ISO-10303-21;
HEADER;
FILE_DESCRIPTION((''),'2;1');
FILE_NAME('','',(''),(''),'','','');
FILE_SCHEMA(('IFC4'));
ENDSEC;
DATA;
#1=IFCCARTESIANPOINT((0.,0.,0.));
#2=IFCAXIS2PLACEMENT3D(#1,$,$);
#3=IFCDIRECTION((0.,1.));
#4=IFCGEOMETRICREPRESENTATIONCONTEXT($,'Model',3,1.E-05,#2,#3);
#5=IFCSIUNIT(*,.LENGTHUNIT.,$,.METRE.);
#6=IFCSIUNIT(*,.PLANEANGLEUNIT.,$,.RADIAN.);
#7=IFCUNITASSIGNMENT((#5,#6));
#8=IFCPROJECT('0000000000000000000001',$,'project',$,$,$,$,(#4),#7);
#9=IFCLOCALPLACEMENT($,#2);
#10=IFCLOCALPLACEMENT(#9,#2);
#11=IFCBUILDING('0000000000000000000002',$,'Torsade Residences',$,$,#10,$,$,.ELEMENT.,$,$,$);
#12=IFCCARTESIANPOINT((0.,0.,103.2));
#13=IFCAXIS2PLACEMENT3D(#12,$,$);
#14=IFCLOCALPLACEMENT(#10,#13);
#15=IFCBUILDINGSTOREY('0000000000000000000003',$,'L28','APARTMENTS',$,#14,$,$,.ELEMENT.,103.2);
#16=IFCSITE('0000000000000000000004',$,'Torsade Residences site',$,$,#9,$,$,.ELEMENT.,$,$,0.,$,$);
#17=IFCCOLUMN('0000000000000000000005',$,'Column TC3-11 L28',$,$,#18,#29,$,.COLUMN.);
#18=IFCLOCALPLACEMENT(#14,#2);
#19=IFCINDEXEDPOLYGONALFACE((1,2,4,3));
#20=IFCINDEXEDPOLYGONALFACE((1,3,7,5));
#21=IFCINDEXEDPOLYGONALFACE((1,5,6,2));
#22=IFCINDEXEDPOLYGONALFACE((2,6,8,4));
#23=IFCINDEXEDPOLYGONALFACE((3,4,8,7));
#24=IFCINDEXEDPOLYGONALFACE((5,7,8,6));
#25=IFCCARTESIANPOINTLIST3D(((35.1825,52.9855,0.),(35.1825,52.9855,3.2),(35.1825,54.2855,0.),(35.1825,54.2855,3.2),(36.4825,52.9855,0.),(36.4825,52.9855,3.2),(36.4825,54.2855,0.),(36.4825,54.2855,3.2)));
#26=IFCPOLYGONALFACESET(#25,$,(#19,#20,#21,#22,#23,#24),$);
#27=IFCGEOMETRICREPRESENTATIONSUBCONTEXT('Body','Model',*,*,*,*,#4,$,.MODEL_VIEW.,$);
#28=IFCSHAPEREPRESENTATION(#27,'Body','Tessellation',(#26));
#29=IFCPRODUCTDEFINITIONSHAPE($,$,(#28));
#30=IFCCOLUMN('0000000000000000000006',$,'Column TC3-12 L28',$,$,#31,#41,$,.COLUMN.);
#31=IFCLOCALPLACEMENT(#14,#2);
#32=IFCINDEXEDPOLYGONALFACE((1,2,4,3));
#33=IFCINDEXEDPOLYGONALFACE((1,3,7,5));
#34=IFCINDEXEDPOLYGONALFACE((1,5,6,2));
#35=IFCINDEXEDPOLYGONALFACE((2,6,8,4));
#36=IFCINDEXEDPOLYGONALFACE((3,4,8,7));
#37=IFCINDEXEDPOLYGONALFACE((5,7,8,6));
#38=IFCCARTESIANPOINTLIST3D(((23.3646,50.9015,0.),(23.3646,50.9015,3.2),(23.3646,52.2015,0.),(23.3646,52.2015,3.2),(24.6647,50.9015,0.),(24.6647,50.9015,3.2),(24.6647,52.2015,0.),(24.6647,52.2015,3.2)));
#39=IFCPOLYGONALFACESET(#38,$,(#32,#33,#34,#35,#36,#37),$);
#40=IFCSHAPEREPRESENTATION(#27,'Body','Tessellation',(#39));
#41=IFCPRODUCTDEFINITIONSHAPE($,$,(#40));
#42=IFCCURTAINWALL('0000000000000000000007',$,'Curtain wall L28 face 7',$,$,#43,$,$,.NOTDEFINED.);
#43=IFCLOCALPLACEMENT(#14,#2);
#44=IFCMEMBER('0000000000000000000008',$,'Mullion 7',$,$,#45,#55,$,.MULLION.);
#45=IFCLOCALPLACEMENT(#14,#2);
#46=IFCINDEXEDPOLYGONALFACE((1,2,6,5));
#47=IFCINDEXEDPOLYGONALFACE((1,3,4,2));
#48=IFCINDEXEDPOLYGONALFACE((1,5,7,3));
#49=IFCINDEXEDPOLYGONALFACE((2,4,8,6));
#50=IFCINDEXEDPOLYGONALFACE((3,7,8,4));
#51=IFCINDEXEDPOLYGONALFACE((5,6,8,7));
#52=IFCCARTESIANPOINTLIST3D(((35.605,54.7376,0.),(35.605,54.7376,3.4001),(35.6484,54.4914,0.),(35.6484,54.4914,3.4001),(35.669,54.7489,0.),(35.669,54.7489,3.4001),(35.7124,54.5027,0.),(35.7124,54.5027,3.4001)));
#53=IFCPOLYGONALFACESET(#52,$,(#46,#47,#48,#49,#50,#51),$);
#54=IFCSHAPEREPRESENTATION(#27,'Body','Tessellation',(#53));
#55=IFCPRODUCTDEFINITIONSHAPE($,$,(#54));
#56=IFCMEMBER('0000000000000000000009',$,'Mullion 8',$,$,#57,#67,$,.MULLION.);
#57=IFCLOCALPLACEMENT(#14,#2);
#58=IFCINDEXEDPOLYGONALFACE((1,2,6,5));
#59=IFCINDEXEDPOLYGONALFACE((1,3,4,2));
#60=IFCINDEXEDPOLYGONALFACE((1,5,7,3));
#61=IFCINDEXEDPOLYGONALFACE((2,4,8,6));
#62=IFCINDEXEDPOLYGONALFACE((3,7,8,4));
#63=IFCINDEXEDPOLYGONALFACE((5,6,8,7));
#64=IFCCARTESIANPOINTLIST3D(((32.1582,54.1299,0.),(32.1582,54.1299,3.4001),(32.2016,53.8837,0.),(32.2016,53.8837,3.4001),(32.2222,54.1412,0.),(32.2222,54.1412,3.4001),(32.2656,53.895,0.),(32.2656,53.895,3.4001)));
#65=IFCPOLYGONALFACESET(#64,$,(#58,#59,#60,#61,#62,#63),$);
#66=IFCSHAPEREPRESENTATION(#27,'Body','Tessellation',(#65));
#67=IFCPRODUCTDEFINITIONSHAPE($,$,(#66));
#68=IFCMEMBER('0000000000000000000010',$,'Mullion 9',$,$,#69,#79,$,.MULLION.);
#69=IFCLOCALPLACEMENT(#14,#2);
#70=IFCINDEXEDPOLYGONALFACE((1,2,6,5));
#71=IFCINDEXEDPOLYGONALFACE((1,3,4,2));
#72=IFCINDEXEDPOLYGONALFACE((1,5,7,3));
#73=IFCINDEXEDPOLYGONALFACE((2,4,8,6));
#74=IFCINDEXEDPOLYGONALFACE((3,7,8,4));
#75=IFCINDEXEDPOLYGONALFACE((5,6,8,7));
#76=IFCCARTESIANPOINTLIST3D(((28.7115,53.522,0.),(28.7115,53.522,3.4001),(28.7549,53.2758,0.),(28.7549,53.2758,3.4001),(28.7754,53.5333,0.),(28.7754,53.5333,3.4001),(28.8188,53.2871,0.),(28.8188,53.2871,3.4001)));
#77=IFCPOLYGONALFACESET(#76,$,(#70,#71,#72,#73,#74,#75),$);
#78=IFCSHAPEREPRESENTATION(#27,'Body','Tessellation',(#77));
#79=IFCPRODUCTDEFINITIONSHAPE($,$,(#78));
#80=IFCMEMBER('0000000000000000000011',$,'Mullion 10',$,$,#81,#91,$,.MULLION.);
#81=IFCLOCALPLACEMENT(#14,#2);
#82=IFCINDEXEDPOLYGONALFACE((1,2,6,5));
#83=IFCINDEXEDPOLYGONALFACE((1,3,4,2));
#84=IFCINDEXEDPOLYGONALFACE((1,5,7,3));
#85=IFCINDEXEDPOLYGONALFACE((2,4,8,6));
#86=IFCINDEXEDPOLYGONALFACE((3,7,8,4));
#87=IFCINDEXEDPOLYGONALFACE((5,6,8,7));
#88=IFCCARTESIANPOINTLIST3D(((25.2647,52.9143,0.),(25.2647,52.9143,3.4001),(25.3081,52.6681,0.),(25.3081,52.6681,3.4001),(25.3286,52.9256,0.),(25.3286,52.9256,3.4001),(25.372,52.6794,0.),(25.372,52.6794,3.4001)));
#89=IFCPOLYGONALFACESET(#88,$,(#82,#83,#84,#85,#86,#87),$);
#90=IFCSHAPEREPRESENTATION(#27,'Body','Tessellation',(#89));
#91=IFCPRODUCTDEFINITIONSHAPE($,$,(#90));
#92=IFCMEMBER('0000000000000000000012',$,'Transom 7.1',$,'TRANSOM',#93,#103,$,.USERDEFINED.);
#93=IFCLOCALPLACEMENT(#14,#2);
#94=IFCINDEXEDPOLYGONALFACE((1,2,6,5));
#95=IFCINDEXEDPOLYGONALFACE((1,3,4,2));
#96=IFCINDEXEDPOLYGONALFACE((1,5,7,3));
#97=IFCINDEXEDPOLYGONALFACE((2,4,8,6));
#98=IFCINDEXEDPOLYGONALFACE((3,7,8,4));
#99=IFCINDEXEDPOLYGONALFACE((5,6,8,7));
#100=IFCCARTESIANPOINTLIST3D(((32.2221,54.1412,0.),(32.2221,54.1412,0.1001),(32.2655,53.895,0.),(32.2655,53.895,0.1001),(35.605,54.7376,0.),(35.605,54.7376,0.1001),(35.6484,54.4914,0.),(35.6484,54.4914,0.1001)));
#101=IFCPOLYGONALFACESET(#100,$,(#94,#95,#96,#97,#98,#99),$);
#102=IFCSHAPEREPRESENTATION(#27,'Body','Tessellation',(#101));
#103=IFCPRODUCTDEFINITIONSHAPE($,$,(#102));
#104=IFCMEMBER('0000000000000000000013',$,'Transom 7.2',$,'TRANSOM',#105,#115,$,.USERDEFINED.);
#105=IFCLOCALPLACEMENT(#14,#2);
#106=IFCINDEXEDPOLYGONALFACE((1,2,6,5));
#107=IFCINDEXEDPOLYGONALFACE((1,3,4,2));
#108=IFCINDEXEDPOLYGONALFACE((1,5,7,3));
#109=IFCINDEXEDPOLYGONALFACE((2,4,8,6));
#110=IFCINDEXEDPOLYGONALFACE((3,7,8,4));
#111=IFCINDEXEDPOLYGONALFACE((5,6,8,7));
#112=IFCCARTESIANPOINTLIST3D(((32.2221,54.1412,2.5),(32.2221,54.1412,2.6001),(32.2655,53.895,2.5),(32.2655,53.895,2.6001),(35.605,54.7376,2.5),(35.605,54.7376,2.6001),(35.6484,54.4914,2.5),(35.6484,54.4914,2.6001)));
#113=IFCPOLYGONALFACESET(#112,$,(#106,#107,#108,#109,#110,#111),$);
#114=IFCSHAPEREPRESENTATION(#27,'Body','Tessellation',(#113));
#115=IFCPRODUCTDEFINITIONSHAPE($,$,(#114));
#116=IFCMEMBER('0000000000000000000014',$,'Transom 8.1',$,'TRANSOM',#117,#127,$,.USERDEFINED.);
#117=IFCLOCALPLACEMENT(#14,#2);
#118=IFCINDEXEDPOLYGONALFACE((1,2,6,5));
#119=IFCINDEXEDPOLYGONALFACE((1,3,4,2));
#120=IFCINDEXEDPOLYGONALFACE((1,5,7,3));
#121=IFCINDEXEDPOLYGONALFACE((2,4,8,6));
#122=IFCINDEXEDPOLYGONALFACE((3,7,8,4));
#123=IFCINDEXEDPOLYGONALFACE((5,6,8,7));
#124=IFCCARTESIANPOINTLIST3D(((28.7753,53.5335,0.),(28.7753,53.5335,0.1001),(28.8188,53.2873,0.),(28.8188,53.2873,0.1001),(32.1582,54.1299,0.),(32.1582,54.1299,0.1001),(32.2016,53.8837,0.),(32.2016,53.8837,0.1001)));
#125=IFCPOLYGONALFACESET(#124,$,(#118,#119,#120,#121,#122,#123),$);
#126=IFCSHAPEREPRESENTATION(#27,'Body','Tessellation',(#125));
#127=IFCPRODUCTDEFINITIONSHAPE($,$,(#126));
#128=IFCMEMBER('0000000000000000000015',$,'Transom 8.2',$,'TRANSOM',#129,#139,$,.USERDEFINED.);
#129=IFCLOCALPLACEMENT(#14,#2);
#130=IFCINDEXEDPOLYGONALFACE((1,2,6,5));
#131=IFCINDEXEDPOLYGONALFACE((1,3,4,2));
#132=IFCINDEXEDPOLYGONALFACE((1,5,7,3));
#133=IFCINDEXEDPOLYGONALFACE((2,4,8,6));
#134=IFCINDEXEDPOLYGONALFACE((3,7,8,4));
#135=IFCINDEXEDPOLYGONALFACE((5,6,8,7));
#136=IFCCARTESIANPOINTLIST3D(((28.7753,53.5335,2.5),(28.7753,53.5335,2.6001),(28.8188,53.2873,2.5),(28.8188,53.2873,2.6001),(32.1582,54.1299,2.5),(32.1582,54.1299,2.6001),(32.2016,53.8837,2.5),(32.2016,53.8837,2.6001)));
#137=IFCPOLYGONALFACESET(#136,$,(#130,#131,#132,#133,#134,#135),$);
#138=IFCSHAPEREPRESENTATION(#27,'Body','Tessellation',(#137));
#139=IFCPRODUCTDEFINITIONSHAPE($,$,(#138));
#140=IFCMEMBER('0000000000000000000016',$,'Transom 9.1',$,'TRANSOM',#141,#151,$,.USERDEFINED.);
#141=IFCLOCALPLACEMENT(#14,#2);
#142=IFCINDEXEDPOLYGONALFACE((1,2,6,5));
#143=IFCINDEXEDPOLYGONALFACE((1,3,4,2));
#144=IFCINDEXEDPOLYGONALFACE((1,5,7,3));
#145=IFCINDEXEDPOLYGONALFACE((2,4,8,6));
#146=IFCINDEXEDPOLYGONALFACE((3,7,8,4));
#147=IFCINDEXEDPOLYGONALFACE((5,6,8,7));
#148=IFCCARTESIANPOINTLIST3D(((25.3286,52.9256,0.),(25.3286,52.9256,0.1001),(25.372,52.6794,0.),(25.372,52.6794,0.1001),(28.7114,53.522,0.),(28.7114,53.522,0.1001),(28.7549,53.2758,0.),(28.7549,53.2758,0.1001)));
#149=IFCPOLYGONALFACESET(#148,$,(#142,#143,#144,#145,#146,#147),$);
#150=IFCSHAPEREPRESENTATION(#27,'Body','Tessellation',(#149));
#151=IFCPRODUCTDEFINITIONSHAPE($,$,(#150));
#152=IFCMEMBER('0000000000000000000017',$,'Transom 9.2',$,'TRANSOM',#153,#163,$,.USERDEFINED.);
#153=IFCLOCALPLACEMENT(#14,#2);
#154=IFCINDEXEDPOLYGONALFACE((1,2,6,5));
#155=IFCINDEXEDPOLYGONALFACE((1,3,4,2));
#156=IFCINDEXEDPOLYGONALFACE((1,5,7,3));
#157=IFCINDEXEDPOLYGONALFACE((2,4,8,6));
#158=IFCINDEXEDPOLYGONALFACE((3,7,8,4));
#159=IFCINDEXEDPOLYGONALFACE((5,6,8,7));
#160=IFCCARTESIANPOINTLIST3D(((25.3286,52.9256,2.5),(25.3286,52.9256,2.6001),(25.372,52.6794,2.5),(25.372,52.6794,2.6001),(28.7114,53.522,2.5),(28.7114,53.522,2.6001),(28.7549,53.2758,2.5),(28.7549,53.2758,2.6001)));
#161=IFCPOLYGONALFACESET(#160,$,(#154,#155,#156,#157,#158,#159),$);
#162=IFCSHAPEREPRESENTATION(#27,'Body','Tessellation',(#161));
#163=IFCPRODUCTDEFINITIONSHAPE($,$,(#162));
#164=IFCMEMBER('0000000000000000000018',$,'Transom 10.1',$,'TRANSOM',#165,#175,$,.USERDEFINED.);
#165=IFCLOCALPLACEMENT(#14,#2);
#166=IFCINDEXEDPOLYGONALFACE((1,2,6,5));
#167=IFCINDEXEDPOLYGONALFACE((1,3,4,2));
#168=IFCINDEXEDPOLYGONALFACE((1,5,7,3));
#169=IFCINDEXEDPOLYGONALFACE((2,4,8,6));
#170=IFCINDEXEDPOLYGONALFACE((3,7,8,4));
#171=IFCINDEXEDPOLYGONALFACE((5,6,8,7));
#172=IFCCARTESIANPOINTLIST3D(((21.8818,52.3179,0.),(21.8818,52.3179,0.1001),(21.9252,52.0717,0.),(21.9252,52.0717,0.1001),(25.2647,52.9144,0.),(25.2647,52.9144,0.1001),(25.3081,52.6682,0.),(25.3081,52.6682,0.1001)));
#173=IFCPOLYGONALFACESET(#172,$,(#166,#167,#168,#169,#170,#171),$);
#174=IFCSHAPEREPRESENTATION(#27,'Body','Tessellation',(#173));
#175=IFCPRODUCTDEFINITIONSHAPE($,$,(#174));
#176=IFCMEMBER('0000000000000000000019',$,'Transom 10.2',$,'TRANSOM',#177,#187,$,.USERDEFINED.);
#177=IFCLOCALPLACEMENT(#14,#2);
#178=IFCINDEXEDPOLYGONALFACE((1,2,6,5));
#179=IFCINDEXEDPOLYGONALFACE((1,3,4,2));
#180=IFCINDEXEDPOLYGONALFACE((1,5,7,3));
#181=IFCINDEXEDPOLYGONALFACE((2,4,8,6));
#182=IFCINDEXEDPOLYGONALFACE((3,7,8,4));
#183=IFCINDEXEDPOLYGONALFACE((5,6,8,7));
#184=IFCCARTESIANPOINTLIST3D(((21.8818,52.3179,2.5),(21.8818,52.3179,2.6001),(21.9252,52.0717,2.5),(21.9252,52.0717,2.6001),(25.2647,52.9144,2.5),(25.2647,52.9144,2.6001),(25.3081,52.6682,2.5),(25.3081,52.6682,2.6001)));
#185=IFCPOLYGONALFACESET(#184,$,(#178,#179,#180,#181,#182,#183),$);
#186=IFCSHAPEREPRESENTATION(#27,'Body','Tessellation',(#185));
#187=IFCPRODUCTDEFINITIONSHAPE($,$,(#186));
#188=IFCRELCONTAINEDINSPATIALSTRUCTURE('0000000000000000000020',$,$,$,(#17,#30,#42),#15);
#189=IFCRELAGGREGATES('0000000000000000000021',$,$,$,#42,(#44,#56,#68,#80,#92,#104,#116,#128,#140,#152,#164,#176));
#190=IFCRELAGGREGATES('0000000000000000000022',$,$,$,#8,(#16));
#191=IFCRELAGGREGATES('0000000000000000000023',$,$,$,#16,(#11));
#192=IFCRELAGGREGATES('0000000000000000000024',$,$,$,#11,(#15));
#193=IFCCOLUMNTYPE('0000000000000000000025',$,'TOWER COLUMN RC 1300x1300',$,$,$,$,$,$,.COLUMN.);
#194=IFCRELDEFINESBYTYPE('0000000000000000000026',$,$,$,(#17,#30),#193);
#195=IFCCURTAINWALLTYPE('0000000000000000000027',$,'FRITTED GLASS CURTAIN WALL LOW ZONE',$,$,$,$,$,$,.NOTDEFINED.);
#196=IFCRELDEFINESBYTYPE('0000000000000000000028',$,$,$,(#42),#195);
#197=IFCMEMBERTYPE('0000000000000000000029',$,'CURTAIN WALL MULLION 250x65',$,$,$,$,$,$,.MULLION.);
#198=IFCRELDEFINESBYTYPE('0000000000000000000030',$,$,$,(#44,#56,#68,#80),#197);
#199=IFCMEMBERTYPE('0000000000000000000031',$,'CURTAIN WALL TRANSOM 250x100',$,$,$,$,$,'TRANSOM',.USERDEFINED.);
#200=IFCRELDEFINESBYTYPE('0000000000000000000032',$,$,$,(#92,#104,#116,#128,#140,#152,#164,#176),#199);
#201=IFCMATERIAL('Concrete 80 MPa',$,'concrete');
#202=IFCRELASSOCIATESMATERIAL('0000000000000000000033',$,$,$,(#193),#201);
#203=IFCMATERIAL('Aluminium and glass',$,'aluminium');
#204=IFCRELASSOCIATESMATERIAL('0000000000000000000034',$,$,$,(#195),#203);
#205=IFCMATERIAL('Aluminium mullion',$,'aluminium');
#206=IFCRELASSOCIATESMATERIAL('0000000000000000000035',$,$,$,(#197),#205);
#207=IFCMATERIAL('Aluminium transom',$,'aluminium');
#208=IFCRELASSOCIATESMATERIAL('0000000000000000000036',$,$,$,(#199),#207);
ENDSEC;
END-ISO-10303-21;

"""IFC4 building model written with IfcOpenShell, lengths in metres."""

from ifc_helpers import new_model, si_unit, direction, frame, origin, origin_2d, place, context, subcontext, project, spatial, rectangle, extrude, material, material_profile, profile_set, type_object, element, aggregate, save


model = new_model("IFC4")

# Units and contexts
model_context = context("Model", 3, precision=1e-05, world=origin(), true_north=direction((0.0, 1.0)))
body_context = subcontext(model_context, "Body", "Model", "MODEL_VIEW")
ifc_project = project(units=[si_unit("LENGTHUNIT", "METRE"), si_unit("PLANEANGLEUNIT", "RADIAN")], contexts=[model_context])

# Site, building, storey
site_placement = place(None, origin())
site = spatial("IfcSite", under=ifc_project, at=site_placement, Name="Torsade Residences site", CompositionType="ELEMENT", RefElevation=0.0)
building_placement = place(site_placement, origin())
building = spatial("IfcBuilding", under=site, at=building_placement, Name="Torsade Residences", CompositionType="ELEMENT")
storey_placement = place(building_placement, frame((0.0, 0.0, 103.2)))
storey = spatial("IfcBuildingStorey", under=building, at=storey_placement, Name="L28", Description="APARTMENTS", CompositionType="ELEMENT", Elevation=103.2)

# Columns
ifc_material_1 = material(Name="Concrete 80 MPa", Category="concrete")
ifc_material_profile_1 = material_profile(ifc_material_1, rectangle(XDim=1.3, YDim=1.3, at=origin_2d()), Name="RC 1300x1300")
ifc_profile_set_1 = profile_set([ifc_material_profile_1], Name="Concrete 80 MPa")
column_type = type_object("IfcColumnType", Name="TOWER COLUMN RC 1300x1300", PredefinedType="COLUMN", material=ifc_profile_set_1)
for number, where, z_axis, x_axis, name in (
    (1, (35.8325, 53.6355, 0.0), (0.0, 0.0, 1.0), (1.0, 0.0, 0.0), "Column TC3-11 L28"),
    (2, (24.0146, 51.5515, 0.0), (0.0, 0.0, 1.0), (1.0, 0.0, 0.0), "Column TC3-12 L28"),
):
    element("IfcColumn", number, at=place(storey_placement, frame(where, z_axis=z_axis, x_axis=x_axis)), inside=storey, type_object=column_type, Name=name, PredefinedType="COLUMN", context=body_context, shape_type="SweptSolid", body=[
        extrude(rectangle(XDim=1.3, YDim=1.3, at=origin_2d()), origin(), (0.0, 0.0, 1.0), 3.2),
    ])

# Curtain wall, members
ifc_material_2 = material(Name="Aluminium and glass", Category="aluminium")
curtain_wall_type = type_object("IfcCurtainWallType", Name="FRITTED GLASS CURTAIN WALL LOW ZONE", PredefinedType="NOTDEFINED", material=ifc_material_2)
curtain_wall_placement = place(storey_placement, origin())
curtain_wall = element("IfcCurtainWall", 3, at=curtain_wall_placement, inside=storey, type_object=curtain_wall_type, Name="Curtain wall L28 face 7", PredefinedType="NOTDEFINED")
ifc_material_3 = material(Name="Aluminium mullion", Category="aluminium")
ifc_material_profile_2 = material_profile(ifc_material_3, rectangle(XDim=0.25, YDim=0.0649, at=origin_2d()), Name="CURTAIN WALL MULLION 250x65")
ifc_profile_set_2 = profile_set([ifc_material_profile_2], Name="Aluminium mullion")
member_type_1 = type_object("IfcMemberType", Name="CURTAIN WALL MULLION 250x65", PredefinedType="MULLION", material=ifc_profile_set_2)
member_1_placement = place(storey_placement, frame((35.6587, 54.6201, 0.0), z_axis=(0.0, 0.0, 1.0), x_axis=(0.173648, -0.984808, 0.0)))
member_1 = element("IfcMember", 4, at=member_1_placement, type_object=member_type_1, Name="Mullion 7", PredefinedType="MULLION", context=body_context, shape_type="SweptSolid", body=[
    extrude(rectangle(XDim=0.25, YDim=0.0649, at=origin_2d()), origin(), (0.0, 0.0, 1.0), 3.4001),
])
member_2_placement = place(storey_placement, frame((32.2119, 54.0125, 0.0), z_axis=(0.0, 0.0, 1.0), x_axis=(0.173648, -0.984808, 0.0)))
member_2 = element("IfcMember", 5, at=member_2_placement, type_object=member_type_1, Name="Mullion 8", PredefinedType="MULLION", context=body_context, shape_type="SweptSolid", body=[
    extrude(rectangle(XDim=0.25, YDim=0.0649, at=origin_2d()), origin(), (0.0, 0.0, 1.0), 3.4001),
])
member_3_placement = place(storey_placement, frame((28.7651, 53.4045, 0.0), z_axis=(0.0, 0.0, 1.0), x_axis=(0.173648, -0.984808, 0.0)))
member_3 = element("IfcMember", 6, at=member_3_placement, type_object=member_type_1, Name="Mullion 9", PredefinedType="MULLION", context=body_context, shape_type="SweptSolid", body=[
    extrude(rectangle(XDim=0.25, YDim=0.0649, at=origin_2d()), origin(), (0.0, 0.0, 1.0), 3.4001),
])
member_4_placement = place(storey_placement, frame((25.3184, 52.7969, 0.0), z_axis=(0.0, 0.0, 1.0), x_axis=(0.173648, -0.984808, 0.0)))
member_4 = element("IfcMember", 7, at=member_4_placement, type_object=member_type_1, Name="Mullion 10", PredefinedType="MULLION", context=body_context, shape_type="SweptSolid", body=[
    extrude(rectangle(XDim=0.25, YDim=0.0649, at=origin_2d()), origin(), (0.0, 0.0, 1.0), 3.4001),
])
ifc_material_4 = material(Name="Aluminium transom", Category="aluminium")
ifc_material_profile_3 = material_profile(ifc_material_4, rectangle(XDim=0.25, YDim=0.1001, at=origin_2d()), Name="CURTAIN WALL TRANSOM 250x100")
ifc_profile_set_3 = profile_set([ifc_material_profile_3], Name="Aluminium transom")
member_type_2 = type_object("IfcMemberType", Name="CURTAIN WALL TRANSOM 250x100", ElementType="TRANSOM", PredefinedType="USERDEFINED", material=ifc_profile_set_3)
member_5_placement = place(storey_placement, frame((35.6267, 54.6145, 0.05), z_axis=(-0.98481, -0.173635, 0.0), x_axis=(0.173635, -0.98481, 0.0)))
member_5 = element("IfcMember", 8, at=member_5_placement, type_object=member_type_2, Name="Transom 7.1", ObjectType="TRANSOM", PredefinedType="USERDEFINED", context=body_context, shape_type="SweptSolid", body=[
    extrude(rectangle(XDim=0.25, YDim=0.1001, at=origin_2d()), origin(), (0.0, 0.0, 1.0), 3.4351),
])
member_6_placement = place(storey_placement, frame((35.6267, 54.6145, 2.55), z_axis=(-0.98481, -0.173635, 0.0), x_axis=(0.173635, -0.98481, 0.0)))
member_6 = element("IfcMember", 9, at=member_6_placement, type_object=member_type_2, Name="Transom 7.2", ObjectType="TRANSOM", PredefinedType="USERDEFINED", context=body_context, shape_type="SweptSolid", body=[
    extrude(rectangle(XDim=0.25, YDim=0.1001, at=origin_2d()), origin(), (0.0, 0.0, 1.0), 3.4351),
])
member_7_placement = place(storey_placement, frame((32.1799, 54.0068, 0.05), z_axis=(-0.98481, -0.173635, 0.0), x_axis=(0.173635, -0.98481, 0.0)))
member_7 = element("IfcMember", 10, at=member_7_placement, type_object=member_type_2, Name="Transom 8.1", ObjectType="TRANSOM", PredefinedType="USERDEFINED", context=body_context, shape_type="SweptSolid", body=[
    extrude(rectangle(XDim=0.25, YDim=0.1001, at=origin_2d()), origin(), (0.0, 0.0, 1.0), 3.4351),
])
member_8_placement = place(storey_placement, frame((32.1799, 54.0068, 2.55), z_axis=(-0.98481, -0.173635, 0.0), x_axis=(0.173635, -0.98481, 0.0)))
member_8 = element("IfcMember", 11, at=member_8_placement, type_object=member_type_2, Name="Transom 8.2", ObjectType="TRANSOM", PredefinedType="USERDEFINED", context=body_context, shape_type="SweptSolid", body=[
    extrude(rectangle(XDim=0.25, YDim=0.1001, at=origin_2d()), origin(), (0.0, 0.0, 1.0), 3.4351),
])
member_9_placement = place(storey_placement, frame((28.7332, 53.3989, 0.05), z_axis=(-0.98481, -0.173635, 0.0), x_axis=(0.173635, -0.98481, 0.0)))
member_9 = element("IfcMember", 12, at=member_9_placement, type_object=member_type_2, Name="Transom 9.1", ObjectType="TRANSOM", PredefinedType="USERDEFINED", context=body_context, shape_type="SweptSolid", body=[
    extrude(rectangle(XDim=0.25, YDim=0.1001, at=origin_2d()), origin(), (0.0, 0.0, 1.0), 3.4351),
])
member_10_placement = place(storey_placement, frame((28.7332, 53.3989, 2.55), z_axis=(-0.98481, -0.173635, 0.0), x_axis=(0.173635, -0.98481, 0.0)))
member_10 = element("IfcMember", 13, at=member_10_placement, type_object=member_type_2, Name="Transom 9.2", ObjectType="TRANSOM", PredefinedType="USERDEFINED", context=body_context, shape_type="SweptSolid", body=[
    extrude(rectangle(XDim=0.25, YDim=0.1001, at=origin_2d()), origin(), (0.0, 0.0, 1.0), 3.4351),
])
member_11_placement = place(storey_placement, frame((25.2864, 52.7913, 0.05), z_axis=(-0.98481, -0.173635, 0.0), x_axis=(0.173635, -0.98481, 0.0)))
member_11 = element("IfcMember", 14, at=member_11_placement, type_object=member_type_2, Name="Transom 10.1", ObjectType="TRANSOM", PredefinedType="USERDEFINED", context=body_context, shape_type="SweptSolid", body=[
    extrude(rectangle(XDim=0.25, YDim=0.1001, at=origin_2d()), origin(), (0.0, 0.0, 1.0), 3.4351),
])
member_12_placement = place(storey_placement, frame((25.2864, 52.7913, 2.55), z_axis=(-0.98481, -0.173635, 0.0), x_axis=(0.173635, -0.98481, 0.0)))
member_12 = element("IfcMember", 15, at=member_12_placement, type_object=member_type_2, Name="Transom 10.2", ObjectType="TRANSOM", PredefinedType="USERDEFINED", context=body_context, shape_type="SweptSolid", body=[
    extrude(rectangle(XDim=0.25, YDim=0.1001, at=origin_2d()), origin(), (0.0, 0.0, 1.0), 3.4351),
])

aggregate(curtain_wall, [member_1, member_2, member_3, member_4, member_5, member_6, member_7, member_8, member_9, member_10, member_11, member_12])

save(model, "model.ifc")
